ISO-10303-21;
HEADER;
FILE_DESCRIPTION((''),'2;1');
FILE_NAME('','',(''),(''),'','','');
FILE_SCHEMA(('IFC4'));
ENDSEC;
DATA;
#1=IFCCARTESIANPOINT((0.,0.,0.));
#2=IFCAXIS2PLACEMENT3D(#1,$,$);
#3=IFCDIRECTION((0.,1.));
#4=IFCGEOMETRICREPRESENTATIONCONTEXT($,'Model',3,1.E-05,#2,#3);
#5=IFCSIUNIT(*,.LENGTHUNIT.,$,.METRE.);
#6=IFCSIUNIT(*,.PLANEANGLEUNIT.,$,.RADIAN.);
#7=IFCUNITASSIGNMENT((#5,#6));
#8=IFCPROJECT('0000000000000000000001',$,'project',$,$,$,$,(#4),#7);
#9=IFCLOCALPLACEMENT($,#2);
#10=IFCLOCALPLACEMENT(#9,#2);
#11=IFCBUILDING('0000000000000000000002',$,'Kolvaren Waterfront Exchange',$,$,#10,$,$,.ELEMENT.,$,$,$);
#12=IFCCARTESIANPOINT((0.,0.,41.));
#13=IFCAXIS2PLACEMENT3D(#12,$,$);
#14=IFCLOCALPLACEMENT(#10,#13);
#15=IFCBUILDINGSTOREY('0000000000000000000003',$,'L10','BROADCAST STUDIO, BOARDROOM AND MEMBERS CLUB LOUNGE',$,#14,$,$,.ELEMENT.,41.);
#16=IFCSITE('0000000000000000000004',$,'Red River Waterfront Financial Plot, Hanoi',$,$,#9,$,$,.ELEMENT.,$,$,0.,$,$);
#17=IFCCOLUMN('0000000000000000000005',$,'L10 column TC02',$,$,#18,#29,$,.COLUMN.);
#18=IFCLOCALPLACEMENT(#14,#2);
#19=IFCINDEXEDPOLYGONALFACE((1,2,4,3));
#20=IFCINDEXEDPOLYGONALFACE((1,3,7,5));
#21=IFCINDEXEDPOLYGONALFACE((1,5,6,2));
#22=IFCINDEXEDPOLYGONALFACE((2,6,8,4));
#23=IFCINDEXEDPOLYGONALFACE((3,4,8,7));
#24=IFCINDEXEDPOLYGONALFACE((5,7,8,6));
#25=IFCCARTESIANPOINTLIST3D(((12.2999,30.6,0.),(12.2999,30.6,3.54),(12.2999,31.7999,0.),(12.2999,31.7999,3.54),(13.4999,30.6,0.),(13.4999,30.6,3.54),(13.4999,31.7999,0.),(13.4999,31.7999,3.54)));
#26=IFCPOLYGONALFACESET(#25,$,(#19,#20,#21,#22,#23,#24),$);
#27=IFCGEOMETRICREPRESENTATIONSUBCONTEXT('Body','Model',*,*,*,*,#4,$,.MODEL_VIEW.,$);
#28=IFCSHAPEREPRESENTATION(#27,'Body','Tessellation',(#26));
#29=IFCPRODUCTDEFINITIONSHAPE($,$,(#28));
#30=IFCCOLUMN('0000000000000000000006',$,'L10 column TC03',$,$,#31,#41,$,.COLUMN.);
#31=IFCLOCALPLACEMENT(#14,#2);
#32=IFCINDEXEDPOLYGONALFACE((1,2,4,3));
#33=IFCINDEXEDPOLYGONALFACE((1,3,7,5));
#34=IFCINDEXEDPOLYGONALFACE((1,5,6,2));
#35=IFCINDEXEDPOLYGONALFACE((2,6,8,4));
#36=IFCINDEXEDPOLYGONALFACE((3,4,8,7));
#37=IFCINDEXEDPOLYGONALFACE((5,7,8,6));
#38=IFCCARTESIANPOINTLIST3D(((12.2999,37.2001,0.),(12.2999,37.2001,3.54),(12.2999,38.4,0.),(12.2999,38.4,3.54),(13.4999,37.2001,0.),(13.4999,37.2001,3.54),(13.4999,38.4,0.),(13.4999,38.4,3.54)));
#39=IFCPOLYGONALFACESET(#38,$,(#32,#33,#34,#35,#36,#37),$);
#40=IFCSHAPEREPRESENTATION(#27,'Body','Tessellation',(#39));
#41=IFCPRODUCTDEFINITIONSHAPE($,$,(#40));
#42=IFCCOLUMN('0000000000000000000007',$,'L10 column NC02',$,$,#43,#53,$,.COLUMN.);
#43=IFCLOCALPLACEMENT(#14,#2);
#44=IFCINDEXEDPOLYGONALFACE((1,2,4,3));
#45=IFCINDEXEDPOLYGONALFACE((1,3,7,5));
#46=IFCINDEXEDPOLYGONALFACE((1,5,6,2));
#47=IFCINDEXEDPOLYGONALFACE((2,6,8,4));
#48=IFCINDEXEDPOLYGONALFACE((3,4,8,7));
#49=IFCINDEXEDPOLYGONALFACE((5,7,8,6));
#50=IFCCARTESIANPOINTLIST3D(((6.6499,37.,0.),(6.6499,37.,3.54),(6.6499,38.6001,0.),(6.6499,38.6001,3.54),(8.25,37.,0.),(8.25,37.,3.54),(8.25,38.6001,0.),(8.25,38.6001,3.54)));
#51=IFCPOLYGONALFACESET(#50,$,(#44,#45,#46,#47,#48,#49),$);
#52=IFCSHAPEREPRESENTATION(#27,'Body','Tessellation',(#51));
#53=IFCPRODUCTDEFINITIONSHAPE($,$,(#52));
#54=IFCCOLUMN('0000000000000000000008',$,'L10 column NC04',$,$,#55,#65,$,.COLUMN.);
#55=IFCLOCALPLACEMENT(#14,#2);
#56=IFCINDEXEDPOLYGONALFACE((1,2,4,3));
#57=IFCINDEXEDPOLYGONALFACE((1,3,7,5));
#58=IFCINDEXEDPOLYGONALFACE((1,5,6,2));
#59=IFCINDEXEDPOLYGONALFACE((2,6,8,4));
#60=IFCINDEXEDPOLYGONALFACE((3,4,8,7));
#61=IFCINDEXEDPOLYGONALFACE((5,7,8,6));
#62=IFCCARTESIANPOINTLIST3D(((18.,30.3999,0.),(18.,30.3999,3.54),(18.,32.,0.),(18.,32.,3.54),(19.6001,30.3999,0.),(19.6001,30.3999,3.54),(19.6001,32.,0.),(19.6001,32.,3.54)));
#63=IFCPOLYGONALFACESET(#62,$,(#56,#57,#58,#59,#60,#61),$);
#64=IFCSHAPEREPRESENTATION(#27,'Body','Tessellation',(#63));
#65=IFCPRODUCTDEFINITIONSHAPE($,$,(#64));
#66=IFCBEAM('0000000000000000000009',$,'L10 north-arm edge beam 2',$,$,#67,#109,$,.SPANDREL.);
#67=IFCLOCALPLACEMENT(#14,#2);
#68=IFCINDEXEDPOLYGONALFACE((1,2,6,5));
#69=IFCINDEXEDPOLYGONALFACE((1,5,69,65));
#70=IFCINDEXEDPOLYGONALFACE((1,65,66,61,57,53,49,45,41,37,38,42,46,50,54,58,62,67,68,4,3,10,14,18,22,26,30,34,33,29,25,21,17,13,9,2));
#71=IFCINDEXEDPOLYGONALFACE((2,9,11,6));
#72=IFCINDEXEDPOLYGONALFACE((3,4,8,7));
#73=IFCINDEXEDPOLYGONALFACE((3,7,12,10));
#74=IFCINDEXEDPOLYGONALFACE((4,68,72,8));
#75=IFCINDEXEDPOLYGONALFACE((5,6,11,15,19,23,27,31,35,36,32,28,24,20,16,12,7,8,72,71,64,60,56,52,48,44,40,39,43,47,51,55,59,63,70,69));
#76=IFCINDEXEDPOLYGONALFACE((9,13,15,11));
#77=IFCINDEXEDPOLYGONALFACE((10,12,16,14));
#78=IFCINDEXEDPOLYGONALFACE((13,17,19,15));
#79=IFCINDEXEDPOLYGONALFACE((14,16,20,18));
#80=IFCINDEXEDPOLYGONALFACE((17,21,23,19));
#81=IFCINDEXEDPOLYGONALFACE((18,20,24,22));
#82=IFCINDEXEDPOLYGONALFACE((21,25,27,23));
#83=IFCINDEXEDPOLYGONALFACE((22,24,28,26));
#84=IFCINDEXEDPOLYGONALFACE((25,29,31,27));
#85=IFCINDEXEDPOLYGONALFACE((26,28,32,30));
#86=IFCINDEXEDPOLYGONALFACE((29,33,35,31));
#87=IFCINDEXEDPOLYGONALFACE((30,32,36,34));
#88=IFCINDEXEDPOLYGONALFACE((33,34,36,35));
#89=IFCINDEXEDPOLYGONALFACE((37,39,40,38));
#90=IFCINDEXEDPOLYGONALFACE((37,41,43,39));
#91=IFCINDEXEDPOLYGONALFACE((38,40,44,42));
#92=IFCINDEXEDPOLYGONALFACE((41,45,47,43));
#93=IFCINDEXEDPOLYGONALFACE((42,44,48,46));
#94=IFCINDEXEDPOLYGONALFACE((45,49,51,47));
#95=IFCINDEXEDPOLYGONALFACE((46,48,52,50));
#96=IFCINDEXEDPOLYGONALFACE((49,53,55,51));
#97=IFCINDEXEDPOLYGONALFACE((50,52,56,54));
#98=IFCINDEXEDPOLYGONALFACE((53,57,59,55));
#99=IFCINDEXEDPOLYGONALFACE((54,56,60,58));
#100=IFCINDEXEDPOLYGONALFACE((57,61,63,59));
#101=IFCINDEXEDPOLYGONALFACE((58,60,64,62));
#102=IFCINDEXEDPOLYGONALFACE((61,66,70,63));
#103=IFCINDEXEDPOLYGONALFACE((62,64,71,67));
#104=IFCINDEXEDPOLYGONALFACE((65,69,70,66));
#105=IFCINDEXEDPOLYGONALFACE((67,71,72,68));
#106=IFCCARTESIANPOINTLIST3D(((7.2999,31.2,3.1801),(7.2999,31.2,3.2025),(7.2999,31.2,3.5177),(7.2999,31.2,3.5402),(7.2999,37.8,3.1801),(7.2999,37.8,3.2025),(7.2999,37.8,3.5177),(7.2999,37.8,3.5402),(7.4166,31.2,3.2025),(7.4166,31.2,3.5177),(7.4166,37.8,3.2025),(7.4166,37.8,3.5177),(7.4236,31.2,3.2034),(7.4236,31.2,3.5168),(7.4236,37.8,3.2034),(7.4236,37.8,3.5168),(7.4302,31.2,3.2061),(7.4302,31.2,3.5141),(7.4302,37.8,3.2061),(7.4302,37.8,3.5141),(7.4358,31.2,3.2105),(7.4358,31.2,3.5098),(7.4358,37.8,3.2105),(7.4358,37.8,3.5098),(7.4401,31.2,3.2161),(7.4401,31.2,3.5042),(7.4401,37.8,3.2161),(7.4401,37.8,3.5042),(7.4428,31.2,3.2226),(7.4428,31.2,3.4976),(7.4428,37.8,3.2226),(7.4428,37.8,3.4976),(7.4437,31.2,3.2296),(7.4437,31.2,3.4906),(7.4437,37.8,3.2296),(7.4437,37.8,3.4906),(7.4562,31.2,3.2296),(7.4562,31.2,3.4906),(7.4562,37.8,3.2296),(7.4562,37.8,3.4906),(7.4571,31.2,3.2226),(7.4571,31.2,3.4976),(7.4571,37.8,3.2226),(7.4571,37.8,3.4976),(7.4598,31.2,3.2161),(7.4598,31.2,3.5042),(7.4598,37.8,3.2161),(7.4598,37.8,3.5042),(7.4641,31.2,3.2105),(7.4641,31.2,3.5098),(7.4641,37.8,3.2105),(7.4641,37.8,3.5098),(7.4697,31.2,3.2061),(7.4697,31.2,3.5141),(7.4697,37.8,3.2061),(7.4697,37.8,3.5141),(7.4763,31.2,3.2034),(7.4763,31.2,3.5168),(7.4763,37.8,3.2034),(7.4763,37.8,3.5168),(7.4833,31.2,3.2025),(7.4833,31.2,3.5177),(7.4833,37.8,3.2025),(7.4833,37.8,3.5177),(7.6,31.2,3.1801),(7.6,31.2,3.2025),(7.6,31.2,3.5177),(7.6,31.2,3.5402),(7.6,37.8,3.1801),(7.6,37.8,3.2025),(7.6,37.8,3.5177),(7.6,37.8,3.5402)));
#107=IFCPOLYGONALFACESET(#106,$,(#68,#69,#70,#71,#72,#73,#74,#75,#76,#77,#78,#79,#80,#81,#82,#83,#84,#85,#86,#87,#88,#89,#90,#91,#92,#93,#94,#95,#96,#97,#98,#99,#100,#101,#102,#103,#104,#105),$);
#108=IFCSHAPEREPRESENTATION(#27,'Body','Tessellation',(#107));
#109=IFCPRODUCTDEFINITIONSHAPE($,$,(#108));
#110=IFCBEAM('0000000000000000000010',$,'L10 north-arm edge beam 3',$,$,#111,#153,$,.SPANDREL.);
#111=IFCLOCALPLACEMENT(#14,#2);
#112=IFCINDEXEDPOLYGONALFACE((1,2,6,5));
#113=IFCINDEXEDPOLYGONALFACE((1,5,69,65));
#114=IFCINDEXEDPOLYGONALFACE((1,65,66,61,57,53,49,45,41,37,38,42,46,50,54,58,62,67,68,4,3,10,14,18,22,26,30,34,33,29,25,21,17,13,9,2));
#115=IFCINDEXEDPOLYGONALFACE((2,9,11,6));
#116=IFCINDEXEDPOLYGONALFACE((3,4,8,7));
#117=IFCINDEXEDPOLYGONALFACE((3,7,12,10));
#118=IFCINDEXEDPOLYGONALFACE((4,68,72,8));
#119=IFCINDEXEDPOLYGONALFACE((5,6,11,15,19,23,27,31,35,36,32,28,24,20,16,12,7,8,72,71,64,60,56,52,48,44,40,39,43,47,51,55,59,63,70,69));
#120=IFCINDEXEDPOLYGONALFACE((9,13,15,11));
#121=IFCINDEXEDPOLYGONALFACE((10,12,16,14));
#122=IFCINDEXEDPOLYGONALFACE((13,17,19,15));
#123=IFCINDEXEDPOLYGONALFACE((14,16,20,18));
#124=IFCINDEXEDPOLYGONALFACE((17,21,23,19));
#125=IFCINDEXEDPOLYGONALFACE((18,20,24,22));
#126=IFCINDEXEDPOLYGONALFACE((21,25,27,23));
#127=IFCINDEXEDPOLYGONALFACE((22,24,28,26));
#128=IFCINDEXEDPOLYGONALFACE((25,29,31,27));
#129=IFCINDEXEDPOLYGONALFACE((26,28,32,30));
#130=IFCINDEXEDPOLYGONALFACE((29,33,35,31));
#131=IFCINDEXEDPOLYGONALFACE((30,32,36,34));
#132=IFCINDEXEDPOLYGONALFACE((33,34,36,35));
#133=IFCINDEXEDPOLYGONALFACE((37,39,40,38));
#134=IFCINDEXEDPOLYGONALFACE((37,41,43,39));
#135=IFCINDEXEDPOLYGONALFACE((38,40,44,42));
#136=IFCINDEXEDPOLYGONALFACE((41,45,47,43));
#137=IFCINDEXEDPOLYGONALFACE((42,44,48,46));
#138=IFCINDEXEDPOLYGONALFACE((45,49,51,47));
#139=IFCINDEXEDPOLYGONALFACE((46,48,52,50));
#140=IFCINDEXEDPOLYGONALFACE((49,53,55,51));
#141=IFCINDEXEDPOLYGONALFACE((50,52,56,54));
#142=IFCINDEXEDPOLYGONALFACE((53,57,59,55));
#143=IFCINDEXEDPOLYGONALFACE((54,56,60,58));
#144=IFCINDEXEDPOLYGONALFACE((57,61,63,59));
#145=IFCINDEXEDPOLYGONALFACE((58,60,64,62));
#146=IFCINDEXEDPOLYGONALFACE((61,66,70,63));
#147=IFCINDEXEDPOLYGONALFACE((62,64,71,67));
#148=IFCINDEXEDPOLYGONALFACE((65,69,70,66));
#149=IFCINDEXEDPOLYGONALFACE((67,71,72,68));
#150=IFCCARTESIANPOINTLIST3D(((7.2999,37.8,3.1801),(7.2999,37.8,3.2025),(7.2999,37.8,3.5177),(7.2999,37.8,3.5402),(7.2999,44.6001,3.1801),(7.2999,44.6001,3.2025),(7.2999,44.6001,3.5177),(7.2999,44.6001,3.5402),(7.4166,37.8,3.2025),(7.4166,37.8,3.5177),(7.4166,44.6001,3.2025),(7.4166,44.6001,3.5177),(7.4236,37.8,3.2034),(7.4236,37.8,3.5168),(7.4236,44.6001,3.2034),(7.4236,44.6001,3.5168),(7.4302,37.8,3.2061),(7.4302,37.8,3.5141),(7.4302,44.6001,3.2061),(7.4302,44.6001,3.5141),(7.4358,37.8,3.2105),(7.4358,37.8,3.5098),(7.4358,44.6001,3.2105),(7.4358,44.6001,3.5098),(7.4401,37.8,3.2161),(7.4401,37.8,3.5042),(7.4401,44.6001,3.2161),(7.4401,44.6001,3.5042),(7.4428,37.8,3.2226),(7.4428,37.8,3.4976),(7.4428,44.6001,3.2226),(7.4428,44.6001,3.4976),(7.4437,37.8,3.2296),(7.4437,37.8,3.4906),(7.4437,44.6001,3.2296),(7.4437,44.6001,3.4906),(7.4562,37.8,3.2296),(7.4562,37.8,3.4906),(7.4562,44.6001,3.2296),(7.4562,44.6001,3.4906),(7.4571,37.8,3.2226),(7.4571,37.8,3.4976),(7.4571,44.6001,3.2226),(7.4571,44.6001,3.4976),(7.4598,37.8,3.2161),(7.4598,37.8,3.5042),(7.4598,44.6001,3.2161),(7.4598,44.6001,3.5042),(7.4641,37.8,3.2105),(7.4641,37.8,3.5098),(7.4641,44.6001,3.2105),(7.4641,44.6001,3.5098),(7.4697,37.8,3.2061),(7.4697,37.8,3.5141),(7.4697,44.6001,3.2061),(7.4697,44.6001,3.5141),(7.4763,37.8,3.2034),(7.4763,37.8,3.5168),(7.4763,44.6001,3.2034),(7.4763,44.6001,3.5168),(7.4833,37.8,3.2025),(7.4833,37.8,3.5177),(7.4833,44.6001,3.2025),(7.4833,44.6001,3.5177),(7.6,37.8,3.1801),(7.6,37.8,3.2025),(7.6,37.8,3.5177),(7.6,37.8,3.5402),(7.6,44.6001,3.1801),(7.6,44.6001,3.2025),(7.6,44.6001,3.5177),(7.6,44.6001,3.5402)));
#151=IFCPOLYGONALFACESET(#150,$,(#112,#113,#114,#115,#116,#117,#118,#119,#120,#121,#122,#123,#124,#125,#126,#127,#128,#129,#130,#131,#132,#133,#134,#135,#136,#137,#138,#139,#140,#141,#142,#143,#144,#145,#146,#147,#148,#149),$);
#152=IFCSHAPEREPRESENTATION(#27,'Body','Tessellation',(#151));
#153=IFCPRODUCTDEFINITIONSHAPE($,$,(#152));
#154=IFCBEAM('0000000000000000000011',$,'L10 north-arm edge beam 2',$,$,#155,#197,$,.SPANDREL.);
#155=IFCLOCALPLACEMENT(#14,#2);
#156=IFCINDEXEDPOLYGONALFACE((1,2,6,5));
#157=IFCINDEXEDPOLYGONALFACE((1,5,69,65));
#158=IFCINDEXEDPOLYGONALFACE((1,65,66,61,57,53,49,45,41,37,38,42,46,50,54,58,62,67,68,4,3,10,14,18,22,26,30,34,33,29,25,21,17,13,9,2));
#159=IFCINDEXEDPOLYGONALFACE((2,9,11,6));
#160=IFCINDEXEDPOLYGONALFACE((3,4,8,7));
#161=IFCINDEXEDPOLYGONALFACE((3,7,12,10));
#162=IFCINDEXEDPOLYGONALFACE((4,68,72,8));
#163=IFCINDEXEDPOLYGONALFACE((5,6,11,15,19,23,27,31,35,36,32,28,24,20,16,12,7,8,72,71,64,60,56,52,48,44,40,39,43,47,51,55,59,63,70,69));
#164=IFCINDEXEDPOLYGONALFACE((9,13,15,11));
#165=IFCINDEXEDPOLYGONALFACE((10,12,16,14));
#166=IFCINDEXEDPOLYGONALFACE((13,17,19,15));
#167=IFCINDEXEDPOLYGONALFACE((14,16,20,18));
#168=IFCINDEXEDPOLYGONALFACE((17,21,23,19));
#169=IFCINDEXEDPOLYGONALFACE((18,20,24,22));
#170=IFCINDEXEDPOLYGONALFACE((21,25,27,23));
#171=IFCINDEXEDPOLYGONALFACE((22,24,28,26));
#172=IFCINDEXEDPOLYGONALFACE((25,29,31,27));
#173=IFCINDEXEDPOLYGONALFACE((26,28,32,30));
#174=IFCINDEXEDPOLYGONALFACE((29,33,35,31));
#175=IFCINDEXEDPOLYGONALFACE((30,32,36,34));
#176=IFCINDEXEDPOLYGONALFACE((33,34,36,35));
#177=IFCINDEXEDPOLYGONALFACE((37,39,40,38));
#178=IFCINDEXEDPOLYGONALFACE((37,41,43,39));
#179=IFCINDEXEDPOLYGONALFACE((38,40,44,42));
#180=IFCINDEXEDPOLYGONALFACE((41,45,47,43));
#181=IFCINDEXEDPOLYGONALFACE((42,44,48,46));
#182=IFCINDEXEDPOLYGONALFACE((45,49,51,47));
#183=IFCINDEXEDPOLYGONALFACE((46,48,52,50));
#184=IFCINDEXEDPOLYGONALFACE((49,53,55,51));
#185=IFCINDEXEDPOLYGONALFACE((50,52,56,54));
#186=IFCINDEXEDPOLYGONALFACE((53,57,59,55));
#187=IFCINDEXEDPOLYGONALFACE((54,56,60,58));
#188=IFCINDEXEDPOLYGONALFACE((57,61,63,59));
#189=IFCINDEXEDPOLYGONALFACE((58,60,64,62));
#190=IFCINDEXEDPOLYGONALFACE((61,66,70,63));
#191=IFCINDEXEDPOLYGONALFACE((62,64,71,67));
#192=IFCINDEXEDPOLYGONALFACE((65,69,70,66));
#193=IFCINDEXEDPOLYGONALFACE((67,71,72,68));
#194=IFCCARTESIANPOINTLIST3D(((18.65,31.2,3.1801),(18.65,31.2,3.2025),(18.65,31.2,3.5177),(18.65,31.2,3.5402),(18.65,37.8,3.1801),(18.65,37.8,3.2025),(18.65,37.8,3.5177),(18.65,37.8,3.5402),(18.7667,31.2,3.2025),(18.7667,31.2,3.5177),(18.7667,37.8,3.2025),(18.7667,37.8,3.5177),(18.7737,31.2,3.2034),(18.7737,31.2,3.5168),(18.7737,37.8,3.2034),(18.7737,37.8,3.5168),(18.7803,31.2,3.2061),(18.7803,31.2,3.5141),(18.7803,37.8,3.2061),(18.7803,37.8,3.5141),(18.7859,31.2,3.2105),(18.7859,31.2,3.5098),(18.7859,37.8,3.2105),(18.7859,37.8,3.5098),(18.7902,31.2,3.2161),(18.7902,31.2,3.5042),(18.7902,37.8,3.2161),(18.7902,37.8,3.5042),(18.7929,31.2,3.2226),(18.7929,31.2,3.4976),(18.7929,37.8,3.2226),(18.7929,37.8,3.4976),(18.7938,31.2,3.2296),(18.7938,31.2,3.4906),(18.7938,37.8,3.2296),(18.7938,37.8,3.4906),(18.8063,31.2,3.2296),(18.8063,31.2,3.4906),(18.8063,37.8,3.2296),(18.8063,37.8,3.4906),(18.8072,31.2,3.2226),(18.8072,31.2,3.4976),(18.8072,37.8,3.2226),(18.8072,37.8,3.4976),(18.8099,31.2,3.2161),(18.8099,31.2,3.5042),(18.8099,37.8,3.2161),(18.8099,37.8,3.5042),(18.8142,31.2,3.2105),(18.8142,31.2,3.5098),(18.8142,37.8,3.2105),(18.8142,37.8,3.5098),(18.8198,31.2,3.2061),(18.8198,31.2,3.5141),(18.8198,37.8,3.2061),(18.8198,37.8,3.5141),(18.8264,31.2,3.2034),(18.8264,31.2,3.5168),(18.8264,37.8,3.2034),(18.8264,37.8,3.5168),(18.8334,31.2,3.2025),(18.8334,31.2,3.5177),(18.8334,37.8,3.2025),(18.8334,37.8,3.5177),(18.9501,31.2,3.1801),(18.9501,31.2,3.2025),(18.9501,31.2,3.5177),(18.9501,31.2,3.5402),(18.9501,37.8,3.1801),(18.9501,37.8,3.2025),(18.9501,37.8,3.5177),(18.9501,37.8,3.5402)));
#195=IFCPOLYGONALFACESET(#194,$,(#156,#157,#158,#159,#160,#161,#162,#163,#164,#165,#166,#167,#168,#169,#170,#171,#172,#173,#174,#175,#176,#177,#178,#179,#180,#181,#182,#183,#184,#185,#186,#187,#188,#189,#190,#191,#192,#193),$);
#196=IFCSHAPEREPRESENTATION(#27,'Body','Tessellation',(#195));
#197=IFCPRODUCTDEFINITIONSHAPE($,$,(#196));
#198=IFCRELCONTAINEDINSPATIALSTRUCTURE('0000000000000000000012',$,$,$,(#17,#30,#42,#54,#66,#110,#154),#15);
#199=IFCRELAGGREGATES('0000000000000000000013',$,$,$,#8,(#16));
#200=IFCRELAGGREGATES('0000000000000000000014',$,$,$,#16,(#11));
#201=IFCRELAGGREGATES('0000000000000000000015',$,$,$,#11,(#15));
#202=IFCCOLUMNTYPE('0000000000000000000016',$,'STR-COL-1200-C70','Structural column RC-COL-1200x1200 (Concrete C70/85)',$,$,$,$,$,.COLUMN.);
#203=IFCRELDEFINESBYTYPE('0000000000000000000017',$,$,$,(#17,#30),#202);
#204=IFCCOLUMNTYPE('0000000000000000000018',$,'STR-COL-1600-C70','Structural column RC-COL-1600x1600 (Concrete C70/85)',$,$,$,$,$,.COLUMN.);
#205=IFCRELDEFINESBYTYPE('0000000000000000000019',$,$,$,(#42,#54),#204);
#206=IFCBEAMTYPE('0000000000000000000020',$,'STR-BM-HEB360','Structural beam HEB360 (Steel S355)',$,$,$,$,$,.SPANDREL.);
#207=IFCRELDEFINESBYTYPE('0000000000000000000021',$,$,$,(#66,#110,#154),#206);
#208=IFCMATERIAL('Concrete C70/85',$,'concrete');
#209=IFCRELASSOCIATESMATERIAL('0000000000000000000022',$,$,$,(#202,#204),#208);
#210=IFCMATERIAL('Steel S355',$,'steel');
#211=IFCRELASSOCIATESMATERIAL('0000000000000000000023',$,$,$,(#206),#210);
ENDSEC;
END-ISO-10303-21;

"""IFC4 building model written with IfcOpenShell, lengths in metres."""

from ifc_helpers import new_model, si_unit, direction, frame, origin, origin_2d, place, context, subcontext, project, spatial, rectangle, i_section, extrude, material, material_profile, profile_set, type_object, element, save


model = new_model("IFC4")

# Units and contexts
model_context = context("Model", 3, precision=1e-05, world=origin(), true_north=direction((0.0, 1.0)))
body_context = subcontext(model_context, "Body", "Model", "MODEL_VIEW")
ifc_project = project(units=[si_unit("LENGTHUNIT", "METRE"), si_unit("PLANEANGLEUNIT", "RADIAN")], contexts=[model_context])

# Site, building, storey
site_placement = place(None, origin())
site = spatial("IfcSite", under=ifc_project, at=site_placement, Name="Red River Waterfront Financial Plot, Hanoi", CompositionType="ELEMENT", RefElevation=0.0)
building_placement = place(site_placement, origin())
building = spatial("IfcBuilding", under=site, at=building_placement, Name="Kolvaren Waterfront Exchange", CompositionType="ELEMENT")
storey_placement = place(building_placement, frame((0.0, 0.0, 41.0)))
storey = spatial("IfcBuildingStorey", under=building, at=storey_placement, Name="L10", Description="BROADCAST STUDIO, BOARDROOM AND MEMBERS CLUB LOUNGE", CompositionType="ELEMENT", Elevation=41.0)

# Columns
ifc_material_1 = material(Name="Concrete C70/85", Category="concrete")
ifc_material_profile_1 = material_profile(ifc_material_1, rectangle(XDim=1.2, YDim=1.2, at=origin_2d()), Name="RC-COL-1200x1200")
ifc_profile_set_1 = profile_set([ifc_material_profile_1], Name="Concrete C70/85")
column_type_1 = type_object("IfcColumnType", Name="STR-COL-1200-C70", Description="Structural column RC-COL-1200x1200 (Concrete C70/85)", PredefinedType="COLUMN", material=ifc_profile_set_1)
for number, where, z_axis, x_axis, name in (
    (1, (12.8999, 31.2, 0.0), (0.0, 0.0, 1.0), (1.0, 0.0, 0.0), "L10 column TC02"),
    (2, (12.8999, 37.8, 0.0), (0.0, 0.0, 1.0), (1.0, 0.0, 0.0), "L10 column TC03"),
):
    element("IfcColumn", number, at=place(storey_placement, frame(where, z_axis=z_axis, x_axis=x_axis)), inside=storey, type_object=column_type_1, Name=name, PredefinedType="COLUMN", context=body_context, shape_type="SweptSolid", body=[
        extrude(rectangle(XDim=1.2, YDim=1.2, at=origin_2d()), origin(), (0.0, 0.0, 1.0), 3.54),
    ])
ifc_material_profile_2 = material_profile(ifc_material_1, rectangle(XDim=1.6001, YDim=1.6001, at=origin_2d()), Name="RC-COL-1600x1600")
ifc_profile_set_2 = profile_set([ifc_material_profile_2], Name="Concrete C70/85")
column_type_2 = type_object("IfcColumnType", Name="STR-COL-1600-C70", Description="Structural column RC-COL-1600x1600 (Concrete C70/85)", PredefinedType="COLUMN", material=ifc_profile_set_2)
for number, where, z_axis, x_axis, name in (
    (3, (7.45, 37.8, 0.0), (0.0, 0.0, 1.0), (1.0, 0.0, 0.0), "L10 column NC02"),
    (4, (18.8, 31.2, 0.0), (0.0, 0.0, 1.0), (1.0, 0.0, 0.0), "L10 column NC04"),
):
    element("IfcColumn", number, at=place(storey_placement, frame(where, z_axis=z_axis, x_axis=x_axis)), inside=storey, type_object=column_type_2, Name=name, PredefinedType="COLUMN", context=body_context, shape_type="SweptSolid", body=[
        extrude(rectangle(XDim=1.6001, YDim=1.6001, at=origin_2d()), origin(), (0.0, 0.0, 1.0), 3.54),
    ])

# Beams
ifc_material_2 = material(Name="Steel S355", Category="steel")
ifc_material_profile_3 = material_profile(ifc_material_2, i_section(OverallWidth=0.3, OverallDepth=0.3601, WebThickness=0.0125, FlangeThickness=0.0225, FilletRadius=0.0271, at=origin_2d()), Name="HEB360")
ifc_profile_set_3 = profile_set([ifc_material_profile_3], Name="Steel S355")
beam_type_1 = type_object("IfcBeamType", Name="STR-BM-HEB360", Description="Structural beam HEB360 (Steel S355)", PredefinedType="SPANDREL", material=ifc_profile_set_3)
beam_1_placement = place(storey_placement, frame((7.45, 31.2, 3.3601), z_axis=(0.0, 1.0, 0.0), x_axis=(-1.0, 0.0, 0.0)))
element("IfcBeam", 5, at=beam_1_placement, inside=storey, type_object=beam_type_1, Name="L10 north-arm edge beam 2", PredefinedType="SPANDREL", context=body_context, shape_type="SweptSolid", body=[
    extrude(i_section(OverallWidth=0.3, OverallDepth=0.3601, WebThickness=0.0125, FlangeThickness=0.0225, FilletRadius=0.0271, at=origin_2d()), origin(), (0.0, 0.0, 1.0), 6.6001),
])
beam_2_placement = place(storey_placement, frame((7.45, 37.8, 3.3601), z_axis=(0.0, 1.0, 0.0), x_axis=(-1.0, 0.0, 0.0)))
element("IfcBeam", 6, at=beam_2_placement, inside=storey, type_object=beam_type_1, Name="L10 north-arm edge beam 3", PredefinedType="SPANDREL", context=body_context, shape_type="SweptSolid", body=[
    extrude(i_section(OverallWidth=0.3, OverallDepth=0.3601, WebThickness=0.0125, FlangeThickness=0.0225, FilletRadius=0.0271, at=origin_2d()), origin(), (0.0, 0.0, 1.0), 6.8),
])
beam_3_placement = place(storey_placement, frame((18.8, 31.2, 3.3601), z_axis=(0.0, 1.0, 0.0), x_axis=(-1.0, 0.0, 0.0)))
element("IfcBeam", 7, at=beam_3_placement, inside=storey, type_object=beam_type_1, Name="L10 north-arm edge beam 2", PredefinedType="SPANDREL", context=body_context, shape_type="SweptSolid", body=[
    extrude(i_section(OverallWidth=0.3, OverallDepth=0.3601, WebThickness=0.0125, FlangeThickness=0.0225, FilletRadius=0.0271, at=origin_2d()), origin(), (0.0, 0.0, 1.0), 6.6001),
])

save(model, "model.ifc")
